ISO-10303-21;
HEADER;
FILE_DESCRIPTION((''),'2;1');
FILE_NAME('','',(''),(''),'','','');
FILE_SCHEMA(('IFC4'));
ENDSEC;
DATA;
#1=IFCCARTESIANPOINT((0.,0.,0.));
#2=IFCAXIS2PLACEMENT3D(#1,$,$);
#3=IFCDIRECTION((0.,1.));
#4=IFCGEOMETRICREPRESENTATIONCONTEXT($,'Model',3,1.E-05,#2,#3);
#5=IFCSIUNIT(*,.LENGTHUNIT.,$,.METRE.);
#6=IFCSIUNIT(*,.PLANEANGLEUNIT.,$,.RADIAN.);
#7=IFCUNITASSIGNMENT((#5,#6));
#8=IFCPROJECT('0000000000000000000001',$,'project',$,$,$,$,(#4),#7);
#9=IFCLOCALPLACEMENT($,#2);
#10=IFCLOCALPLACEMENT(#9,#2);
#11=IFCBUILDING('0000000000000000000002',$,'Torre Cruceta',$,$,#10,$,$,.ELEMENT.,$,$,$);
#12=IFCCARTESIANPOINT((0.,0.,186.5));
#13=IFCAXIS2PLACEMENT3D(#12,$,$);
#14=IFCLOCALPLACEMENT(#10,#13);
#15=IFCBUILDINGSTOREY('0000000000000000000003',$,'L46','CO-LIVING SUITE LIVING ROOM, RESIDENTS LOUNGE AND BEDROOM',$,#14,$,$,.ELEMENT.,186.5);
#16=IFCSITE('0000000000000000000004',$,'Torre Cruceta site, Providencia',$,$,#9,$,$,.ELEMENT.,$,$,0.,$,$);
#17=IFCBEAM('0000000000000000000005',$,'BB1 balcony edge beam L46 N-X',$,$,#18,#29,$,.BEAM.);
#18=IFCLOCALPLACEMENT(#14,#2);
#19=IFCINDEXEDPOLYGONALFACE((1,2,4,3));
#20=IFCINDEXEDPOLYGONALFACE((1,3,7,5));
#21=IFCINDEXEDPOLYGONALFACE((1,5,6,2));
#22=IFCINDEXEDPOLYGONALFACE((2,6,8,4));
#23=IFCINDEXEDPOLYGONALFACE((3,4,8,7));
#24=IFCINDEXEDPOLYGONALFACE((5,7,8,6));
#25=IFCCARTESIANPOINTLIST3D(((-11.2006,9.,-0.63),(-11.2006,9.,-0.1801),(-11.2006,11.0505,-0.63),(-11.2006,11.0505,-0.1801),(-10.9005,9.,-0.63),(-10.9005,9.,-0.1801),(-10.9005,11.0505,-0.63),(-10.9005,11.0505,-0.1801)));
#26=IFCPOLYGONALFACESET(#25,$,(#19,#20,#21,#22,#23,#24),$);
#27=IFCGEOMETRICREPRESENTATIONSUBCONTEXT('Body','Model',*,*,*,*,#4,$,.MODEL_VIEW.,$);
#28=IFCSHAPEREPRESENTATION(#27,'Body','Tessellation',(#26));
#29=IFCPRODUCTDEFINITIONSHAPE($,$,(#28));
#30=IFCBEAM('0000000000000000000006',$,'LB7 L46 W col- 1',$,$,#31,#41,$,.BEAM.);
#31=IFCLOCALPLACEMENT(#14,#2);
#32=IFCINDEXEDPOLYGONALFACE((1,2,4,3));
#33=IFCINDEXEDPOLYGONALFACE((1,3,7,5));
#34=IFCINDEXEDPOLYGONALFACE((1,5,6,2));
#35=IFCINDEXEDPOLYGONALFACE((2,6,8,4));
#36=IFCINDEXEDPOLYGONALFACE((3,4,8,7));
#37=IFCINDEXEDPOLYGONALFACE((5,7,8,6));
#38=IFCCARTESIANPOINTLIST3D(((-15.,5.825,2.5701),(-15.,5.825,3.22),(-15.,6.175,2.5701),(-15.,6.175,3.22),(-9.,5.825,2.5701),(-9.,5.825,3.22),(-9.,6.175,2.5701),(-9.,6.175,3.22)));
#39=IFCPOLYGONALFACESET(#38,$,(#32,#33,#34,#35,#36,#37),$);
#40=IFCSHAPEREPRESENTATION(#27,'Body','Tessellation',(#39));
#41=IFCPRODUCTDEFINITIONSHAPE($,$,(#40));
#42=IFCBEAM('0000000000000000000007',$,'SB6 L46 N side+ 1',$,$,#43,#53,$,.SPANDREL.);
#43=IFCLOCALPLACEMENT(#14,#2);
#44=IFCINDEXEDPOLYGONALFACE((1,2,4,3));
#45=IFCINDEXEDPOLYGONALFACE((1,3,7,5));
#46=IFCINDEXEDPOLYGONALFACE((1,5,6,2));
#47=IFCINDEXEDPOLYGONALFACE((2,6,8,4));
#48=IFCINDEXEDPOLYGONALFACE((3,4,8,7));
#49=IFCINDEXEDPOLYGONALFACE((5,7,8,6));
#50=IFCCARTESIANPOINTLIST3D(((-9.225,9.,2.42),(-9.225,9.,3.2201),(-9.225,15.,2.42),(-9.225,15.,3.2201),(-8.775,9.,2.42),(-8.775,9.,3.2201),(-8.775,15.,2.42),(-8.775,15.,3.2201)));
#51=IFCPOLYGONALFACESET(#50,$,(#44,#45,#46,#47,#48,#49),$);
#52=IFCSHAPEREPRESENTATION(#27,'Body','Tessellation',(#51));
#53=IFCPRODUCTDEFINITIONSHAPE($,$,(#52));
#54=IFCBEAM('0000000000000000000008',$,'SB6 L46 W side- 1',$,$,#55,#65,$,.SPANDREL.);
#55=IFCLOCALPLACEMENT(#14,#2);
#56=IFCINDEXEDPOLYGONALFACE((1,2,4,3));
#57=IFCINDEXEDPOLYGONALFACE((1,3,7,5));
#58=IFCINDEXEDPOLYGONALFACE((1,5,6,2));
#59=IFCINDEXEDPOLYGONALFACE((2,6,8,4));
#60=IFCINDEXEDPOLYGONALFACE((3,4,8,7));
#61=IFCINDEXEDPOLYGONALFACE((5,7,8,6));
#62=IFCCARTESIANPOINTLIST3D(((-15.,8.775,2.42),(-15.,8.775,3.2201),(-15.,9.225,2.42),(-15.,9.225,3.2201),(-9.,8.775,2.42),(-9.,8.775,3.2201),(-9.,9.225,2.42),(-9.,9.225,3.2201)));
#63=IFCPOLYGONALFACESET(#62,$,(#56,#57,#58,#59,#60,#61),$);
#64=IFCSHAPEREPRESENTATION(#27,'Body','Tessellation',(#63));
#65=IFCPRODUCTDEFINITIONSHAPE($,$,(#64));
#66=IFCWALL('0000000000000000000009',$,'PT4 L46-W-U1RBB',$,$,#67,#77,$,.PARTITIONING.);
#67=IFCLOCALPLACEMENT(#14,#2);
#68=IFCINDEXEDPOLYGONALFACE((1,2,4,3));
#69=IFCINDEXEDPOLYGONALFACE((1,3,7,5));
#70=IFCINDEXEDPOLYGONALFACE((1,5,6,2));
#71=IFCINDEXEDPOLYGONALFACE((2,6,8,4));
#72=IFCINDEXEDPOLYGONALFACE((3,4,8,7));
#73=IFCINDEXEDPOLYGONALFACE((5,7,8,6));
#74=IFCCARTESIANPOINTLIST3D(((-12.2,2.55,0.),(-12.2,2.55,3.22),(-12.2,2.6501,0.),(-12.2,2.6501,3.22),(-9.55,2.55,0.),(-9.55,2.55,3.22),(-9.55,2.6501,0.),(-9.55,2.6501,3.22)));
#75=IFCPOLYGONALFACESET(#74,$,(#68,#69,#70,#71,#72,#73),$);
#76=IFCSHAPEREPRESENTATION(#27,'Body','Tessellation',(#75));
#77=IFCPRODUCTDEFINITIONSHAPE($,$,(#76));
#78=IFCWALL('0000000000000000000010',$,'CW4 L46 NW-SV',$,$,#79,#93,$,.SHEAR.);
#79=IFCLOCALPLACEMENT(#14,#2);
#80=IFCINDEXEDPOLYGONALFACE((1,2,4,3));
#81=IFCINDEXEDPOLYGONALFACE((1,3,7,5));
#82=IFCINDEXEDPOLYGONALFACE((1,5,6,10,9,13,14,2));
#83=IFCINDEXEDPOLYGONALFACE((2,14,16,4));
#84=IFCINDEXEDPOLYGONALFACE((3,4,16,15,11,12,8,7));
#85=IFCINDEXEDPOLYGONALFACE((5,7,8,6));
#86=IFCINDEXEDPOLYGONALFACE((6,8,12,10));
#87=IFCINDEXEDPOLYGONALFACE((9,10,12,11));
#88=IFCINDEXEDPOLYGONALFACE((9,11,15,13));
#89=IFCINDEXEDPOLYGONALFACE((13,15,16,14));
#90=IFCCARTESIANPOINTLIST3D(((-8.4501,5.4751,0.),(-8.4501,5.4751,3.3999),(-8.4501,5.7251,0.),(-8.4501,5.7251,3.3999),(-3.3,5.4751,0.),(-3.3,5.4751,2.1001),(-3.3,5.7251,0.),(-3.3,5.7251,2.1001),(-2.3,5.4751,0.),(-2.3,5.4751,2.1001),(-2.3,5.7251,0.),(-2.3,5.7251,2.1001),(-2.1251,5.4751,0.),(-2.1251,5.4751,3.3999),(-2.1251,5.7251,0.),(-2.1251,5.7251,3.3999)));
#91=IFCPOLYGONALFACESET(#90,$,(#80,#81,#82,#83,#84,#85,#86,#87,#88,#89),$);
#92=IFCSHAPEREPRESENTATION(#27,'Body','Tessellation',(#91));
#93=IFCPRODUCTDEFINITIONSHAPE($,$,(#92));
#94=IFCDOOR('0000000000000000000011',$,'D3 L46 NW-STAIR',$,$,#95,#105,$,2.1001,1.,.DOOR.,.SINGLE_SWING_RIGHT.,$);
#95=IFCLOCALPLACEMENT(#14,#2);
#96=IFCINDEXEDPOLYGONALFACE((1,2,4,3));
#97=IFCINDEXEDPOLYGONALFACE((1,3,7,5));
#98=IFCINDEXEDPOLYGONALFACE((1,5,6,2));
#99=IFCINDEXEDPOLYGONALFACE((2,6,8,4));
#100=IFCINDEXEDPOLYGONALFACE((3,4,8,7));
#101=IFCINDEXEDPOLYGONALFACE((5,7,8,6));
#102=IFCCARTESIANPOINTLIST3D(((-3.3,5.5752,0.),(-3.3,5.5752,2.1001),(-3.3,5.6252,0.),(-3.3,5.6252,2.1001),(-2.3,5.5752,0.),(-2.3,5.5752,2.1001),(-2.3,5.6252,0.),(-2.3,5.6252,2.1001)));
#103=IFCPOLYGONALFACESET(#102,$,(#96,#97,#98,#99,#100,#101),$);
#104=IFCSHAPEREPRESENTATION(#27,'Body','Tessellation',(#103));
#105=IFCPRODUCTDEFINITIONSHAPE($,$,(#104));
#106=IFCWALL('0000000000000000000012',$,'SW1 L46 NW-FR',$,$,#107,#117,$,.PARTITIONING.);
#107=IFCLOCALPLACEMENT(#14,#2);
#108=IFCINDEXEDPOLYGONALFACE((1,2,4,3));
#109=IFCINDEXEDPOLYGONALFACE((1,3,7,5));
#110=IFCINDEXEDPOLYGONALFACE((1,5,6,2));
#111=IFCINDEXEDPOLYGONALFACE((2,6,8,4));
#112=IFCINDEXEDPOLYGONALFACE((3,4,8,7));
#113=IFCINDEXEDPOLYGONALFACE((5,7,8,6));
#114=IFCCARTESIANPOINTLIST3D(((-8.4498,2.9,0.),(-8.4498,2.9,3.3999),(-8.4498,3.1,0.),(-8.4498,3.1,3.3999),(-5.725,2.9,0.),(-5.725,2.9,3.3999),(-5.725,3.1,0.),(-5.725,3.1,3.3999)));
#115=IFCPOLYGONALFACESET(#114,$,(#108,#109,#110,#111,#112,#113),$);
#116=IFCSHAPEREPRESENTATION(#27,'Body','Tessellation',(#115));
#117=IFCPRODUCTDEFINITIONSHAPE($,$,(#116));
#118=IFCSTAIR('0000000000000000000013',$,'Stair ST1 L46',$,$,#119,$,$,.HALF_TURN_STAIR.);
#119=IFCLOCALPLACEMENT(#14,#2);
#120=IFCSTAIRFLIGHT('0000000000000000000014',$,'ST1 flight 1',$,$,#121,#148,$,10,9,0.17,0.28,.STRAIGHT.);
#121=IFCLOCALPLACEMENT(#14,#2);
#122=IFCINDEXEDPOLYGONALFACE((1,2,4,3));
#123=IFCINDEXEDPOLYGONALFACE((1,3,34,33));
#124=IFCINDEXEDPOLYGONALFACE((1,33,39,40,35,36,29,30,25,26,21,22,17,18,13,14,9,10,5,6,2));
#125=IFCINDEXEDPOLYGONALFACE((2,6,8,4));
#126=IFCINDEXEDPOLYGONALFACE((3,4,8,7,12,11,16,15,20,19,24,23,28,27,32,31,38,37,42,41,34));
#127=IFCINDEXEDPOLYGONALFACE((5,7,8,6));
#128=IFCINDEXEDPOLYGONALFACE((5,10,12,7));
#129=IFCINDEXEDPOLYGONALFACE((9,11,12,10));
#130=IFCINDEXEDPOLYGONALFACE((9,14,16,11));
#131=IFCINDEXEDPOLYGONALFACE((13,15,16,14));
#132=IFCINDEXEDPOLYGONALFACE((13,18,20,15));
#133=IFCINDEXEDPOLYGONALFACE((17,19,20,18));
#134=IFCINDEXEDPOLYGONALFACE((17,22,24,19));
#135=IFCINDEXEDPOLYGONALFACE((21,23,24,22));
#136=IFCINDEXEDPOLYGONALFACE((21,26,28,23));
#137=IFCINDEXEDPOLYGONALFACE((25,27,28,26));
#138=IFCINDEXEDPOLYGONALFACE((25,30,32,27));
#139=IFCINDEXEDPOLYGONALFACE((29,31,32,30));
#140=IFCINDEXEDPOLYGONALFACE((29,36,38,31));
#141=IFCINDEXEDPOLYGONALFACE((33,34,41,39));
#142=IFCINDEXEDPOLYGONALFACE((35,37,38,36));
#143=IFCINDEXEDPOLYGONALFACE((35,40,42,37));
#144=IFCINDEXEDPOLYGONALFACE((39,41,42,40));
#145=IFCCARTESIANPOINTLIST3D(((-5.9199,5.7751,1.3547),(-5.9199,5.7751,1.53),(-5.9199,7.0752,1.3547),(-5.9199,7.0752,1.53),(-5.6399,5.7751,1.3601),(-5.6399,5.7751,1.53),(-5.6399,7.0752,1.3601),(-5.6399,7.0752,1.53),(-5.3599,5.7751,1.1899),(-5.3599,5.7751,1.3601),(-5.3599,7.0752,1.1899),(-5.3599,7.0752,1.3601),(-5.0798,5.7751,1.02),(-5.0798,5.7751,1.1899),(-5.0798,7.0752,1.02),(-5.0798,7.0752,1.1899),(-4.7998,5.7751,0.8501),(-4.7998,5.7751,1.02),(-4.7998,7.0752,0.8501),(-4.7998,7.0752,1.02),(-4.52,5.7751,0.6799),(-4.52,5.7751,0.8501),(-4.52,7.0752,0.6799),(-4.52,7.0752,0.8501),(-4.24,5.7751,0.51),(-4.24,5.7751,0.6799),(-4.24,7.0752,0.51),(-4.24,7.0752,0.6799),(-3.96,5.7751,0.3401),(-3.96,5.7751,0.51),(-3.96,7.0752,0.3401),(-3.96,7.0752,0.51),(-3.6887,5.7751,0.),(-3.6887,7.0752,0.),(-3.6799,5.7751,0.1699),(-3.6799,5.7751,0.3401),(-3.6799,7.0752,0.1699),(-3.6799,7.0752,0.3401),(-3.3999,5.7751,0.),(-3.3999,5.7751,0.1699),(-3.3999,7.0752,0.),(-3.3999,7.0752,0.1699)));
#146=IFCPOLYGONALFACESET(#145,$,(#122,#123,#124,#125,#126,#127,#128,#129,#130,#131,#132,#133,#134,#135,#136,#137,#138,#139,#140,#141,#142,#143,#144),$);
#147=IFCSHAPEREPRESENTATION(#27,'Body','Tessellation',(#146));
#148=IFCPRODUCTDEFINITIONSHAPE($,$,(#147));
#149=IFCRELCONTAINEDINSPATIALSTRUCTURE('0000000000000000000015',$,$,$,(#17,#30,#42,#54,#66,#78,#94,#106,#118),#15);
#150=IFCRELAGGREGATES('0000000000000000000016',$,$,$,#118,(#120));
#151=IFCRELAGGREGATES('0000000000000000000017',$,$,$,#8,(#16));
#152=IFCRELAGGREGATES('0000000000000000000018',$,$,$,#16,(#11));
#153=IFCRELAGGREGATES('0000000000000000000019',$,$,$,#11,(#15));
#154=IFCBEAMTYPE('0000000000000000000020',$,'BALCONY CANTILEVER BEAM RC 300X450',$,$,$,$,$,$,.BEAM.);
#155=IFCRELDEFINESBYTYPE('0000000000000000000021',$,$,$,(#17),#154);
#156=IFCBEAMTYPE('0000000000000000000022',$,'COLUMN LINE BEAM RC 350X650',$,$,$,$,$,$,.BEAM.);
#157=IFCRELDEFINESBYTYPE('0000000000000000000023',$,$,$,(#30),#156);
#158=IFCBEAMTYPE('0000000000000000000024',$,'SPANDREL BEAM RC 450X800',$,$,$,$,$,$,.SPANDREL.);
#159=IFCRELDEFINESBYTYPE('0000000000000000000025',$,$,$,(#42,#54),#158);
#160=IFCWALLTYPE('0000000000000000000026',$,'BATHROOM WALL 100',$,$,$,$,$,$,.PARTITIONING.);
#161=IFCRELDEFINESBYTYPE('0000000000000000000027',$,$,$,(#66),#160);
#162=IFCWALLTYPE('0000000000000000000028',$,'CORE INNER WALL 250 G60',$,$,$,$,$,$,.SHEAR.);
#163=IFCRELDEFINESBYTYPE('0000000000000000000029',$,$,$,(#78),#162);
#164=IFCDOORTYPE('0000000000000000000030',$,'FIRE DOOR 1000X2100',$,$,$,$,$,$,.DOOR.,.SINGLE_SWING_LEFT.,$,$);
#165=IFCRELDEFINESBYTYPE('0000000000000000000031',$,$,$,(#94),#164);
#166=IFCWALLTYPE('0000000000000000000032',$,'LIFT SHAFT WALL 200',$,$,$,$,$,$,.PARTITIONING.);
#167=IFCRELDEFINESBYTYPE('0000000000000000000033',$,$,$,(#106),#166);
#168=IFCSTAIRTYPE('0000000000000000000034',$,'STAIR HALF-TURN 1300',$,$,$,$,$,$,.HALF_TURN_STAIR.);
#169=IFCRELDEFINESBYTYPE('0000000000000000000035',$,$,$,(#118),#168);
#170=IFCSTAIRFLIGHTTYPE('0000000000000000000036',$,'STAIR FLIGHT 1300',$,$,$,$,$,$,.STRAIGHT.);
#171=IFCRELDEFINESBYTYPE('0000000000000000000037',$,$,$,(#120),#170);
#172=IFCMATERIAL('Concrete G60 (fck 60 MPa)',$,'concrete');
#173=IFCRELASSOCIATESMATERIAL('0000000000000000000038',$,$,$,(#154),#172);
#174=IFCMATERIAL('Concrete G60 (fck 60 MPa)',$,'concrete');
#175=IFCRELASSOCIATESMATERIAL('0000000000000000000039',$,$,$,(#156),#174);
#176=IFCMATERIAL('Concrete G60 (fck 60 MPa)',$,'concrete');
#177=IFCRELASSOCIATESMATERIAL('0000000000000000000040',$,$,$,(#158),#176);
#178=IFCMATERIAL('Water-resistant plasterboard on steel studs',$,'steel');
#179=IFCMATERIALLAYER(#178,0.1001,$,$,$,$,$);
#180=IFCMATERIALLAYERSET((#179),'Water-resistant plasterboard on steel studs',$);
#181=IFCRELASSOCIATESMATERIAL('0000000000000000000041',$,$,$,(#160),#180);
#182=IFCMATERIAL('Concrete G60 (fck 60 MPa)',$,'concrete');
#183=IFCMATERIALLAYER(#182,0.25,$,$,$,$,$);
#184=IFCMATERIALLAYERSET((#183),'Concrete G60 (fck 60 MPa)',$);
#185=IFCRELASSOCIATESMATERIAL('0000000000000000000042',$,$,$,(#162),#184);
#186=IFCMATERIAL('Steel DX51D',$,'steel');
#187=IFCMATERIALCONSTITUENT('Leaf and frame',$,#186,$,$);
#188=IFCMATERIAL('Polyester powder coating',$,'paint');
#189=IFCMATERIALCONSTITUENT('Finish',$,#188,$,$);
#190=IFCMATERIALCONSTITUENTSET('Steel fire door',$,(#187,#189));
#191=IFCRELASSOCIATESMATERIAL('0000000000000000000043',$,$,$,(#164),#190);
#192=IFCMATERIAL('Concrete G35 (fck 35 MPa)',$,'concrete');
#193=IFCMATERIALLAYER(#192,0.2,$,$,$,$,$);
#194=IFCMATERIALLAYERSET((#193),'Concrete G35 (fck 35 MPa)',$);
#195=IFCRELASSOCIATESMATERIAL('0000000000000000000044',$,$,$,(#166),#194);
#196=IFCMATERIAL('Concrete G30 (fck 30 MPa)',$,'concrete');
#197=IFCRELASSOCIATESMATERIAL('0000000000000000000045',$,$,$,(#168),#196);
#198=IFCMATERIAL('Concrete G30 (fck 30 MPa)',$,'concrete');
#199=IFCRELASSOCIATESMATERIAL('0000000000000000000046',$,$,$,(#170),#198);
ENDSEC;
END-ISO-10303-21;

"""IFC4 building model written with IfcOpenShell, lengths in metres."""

from ifc_helpers import new_model, si_unit, direction, frame, frame_2d, origin, origin_2d, place, context, subcontext, project, spatial, polyline, rectangle, outline, extrude, material, layer, layer_set, constituent, constituent_set, material_profile, profile_set, type_object, element, fill, aggregate, save


model = new_model("IFC4")

# Units and contexts
model_context = context("Model", 3, precision=1e-05, world=origin(), true_north=direction((0.0, 1.0)))
body_context = subcontext(model_context, "Body", "Model", "MODEL_VIEW")
ifc_project = project(units=[si_unit("LENGTHUNIT", "METRE"), si_unit("PLANEANGLEUNIT", "RADIAN")], contexts=[model_context])

# Site, building, storey
site_placement = place(None, origin())
site = spatial("IfcSite", under=ifc_project, at=site_placement, Name="Torre Cruceta site, Providencia", CompositionType="ELEMENT", RefElevation=0.0)
building_placement = place(site_placement, origin())
building = spatial("IfcBuilding", under=site, at=building_placement, Name="Torre Cruceta", CompositionType="ELEMENT")
storey_placement = place(building_placement, frame((0.0, 0.0, 186.5)))
storey = spatial("IfcBuildingStorey", under=building, at=storey_placement, Name="L46", Description="CO-LIVING SUITE LIVING ROOM, RESIDENTS LOUNGE AND BEDROOM", CompositionType="ELEMENT", Elevation=186.5)

# Beams
ifc_material_1 = material(Name="Concrete G60 (fck 60 MPa)", Category="concrete")
ifc_material_profile_1 = material_profile(ifc_material_1, rectangle(XDim=0.3, YDim=0.45, at=origin_2d()), Name="RC 300X450")
ifc_profile_set_1 = profile_set([ifc_material_profile_1], Name="Concrete G60 (fck 60 MPa)")
beam_type_1 = type_object("IfcBeamType", Name="BALCONY CANTILEVER BEAM RC 300X450", PredefinedType="BEAM", material=ifc_profile_set_1)
beam_1_placement = place(storey_placement, frame((-11.0505, 9.0, -0.405), z_axis=(0.0, 1.0, 0.0), x_axis=(-1.0, 0.0, 0.0)))
element("IfcBeam", 1, at=beam_1_placement, inside=storey, type_object=beam_type_1, Name="BB1 balcony edge beam L46 N-X", PredefinedType="BEAM", context=body_context, shape_type="SweptSolid", body=[
    extrude(rectangle(XDim=0.3, YDim=0.45, at=origin_2d()), origin(), (0.0, 0.0, 1.0), 2.0505),
])
ifc_material_2 = material(Name="Concrete G60 (fck 60 MPa)", Category="concrete")
ifc_material_profile_2 = material_profile(ifc_material_2, rectangle(XDim=0.3501, YDim=0.6499, at=origin_2d()), Name="RC 350X650")
ifc_profile_set_2 = profile_set([ifc_material_profile_2], Name="Concrete G60 (fck 60 MPa)")
beam_type_2 = type_object("IfcBeamType", Name="COLUMN LINE BEAM RC 350X650", PredefinedType="BEAM", material=ifc_profile_set_2)
beam_2_placement = place(storey_placement, frame((-9.0, 6.0, 2.895), z_axis=(-1.0, 0.0, 0.0), x_axis=(0.0, -1.0, 0.0)))
element("IfcBeam", 2, at=beam_2_placement, inside=storey, type_object=beam_type_2, Name="LB7 L46 W col- 1", PredefinedType="BEAM", context=body_context, shape_type="SweptSolid", body=[
    extrude(rectangle(XDim=0.3501, YDim=0.6499, at=origin_2d()), origin(), (0.0, 0.0, 1.0), 6.0),
])
ifc_material_3 = material(Name="Concrete G60 (fck 60 MPa)", Category="concrete")
ifc_material_profile_3 = material_profile(ifc_material_3, rectangle(XDim=0.45, YDim=0.8, at=origin_2d()), Name="RC 450X800")
ifc_profile_set_3 = profile_set([ifc_material_profile_3], Name="Concrete G60 (fck 60 MPa)")
beam_type_3 = type_object("IfcBeamType", Name="SPANDREL BEAM RC 450X800", PredefinedType="SPANDREL", material=ifc_profile_set_3)
for number, where, z_axis, x_axis, name in (
    (3, (-9.0, 9.0, 2.8201), (0.0, 1.0, 0.0), (-1.0, 0.0, 0.0), "SB6 L46 N side+ 1"),
    (4, (-9.0, 9.0, 2.8201), (-1.0, 0.0, 0.0), (0.0, -1.0, 0.0), "SB6 L46 W side- 1"),
):
    element("IfcBeam", number, at=place(storey_placement, frame(where, z_axis=z_axis, x_axis=x_axis)), inside=storey, type_object=beam_type_3, Name=name, PredefinedType="SPANDREL", context=body_context, shape_type="SweptSolid", body=[
        extrude(rectangle(XDim=0.45, YDim=0.8, at=origin_2d()), origin(), (0.0, 0.0, 1.0), 6.0),
    ])

# Wall
ifc_material_4 = material(Name="Water-resistant plasterboard on steel studs", Category="steel")
ifc_layer_1 = layer(ifc_material_4, 0.1001)
ifc_layer_set_1 = layer_set([ifc_layer_1], Name="Water-resistant plasterboard on steel studs")
wall_type_1 = type_object("IfcWallType", Name="BATHROOM WALL 100", PredefinedType="PARTITIONING", material=ifc_layer_set_1)
wall_1_placement = place(storey_placement, frame((-9.55, 2.6001, 0.0), z_axis=(0.0, 0.0, 1.0), x_axis=(-1.0, 0.0, 0.0)))
element("IfcWall", 5, at=wall_1_placement, inside=storey, type_object=wall_type_1, Name="PT4 L46-W-U1RBB", PredefinedType="PARTITIONING", context=body_context, shape_type="SweptSolid", body=[
    extrude(rectangle(XDim=2.6499, YDim=0.1001, at=frame_2d((1.325, 0.0))), origin(), (0.0, 0.0, 1.0), 3.22),
])

# Wall, opening, door
ifc_material_5 = material(Name="Concrete G60 (fck 60 MPa)", Category="concrete")
ifc_layer_2 = layer(ifc_material_5, 0.25)
ifc_layer_set_2 = layer_set([ifc_layer_2], Name="Concrete G60 (fck 60 MPa)")
wall_type_2 = type_object("IfcWallType", Name="CORE INNER WALL 250 G60", PredefinedType="SHEAR", material=ifc_layer_set_2)
wall_2_placement = place(storey_placement, frame((-2.125, 5.6001, 0.0), z_axis=(0.0, 0.0, 1.0), x_axis=(-1.0, 0.0, 0.0)))
wall_2 = element("IfcWall", 6, at=wall_2_placement, inside=storey, type_object=wall_type_2, Name="CW4 L46 NW-SV", PredefinedType="SHEAR", context=body_context, shape_type="SweptSolid", body=[
    extrude(rectangle(XDim=6.325, YDim=0.25, at=frame_2d((3.1626, 0.0))), origin(), (0.0, 0.0, 1.0), 3.3999),
])
opening_1_placement = place(wall_2_placement, frame((0.175, 0.0, 0.0)))
opening_1 = element("IfcOpeningElement", 7, at=opening_1_placement, cuts=wall_2, PredefinedType="OPENING", context=body_context, shape_type="SweptSolid", body=[
    extrude(rectangle(XDim=1.0, YDim=2.1001, at=frame_2d((0.5, 1.05))), frame((0.0, 0.135, 0.0), z_axis=(0.0, -1.0, 0.0), x_axis=(1.0, 0.0, 0.0)), (0.0, 0.0, 1.0), 0.27),
])
ifc_material_6 = material(Name="Steel DX51D", Category="steel")
ifc_constituent_1 = constituent(ifc_material_6, Name="Leaf and frame")
ifc_material_7 = material(Name="Polyester powder coating", Category="paint")
ifc_constituent_2 = constituent(ifc_material_7, Name="Finish")
ifc_constituent_set_1 = constituent_set(constituents=[ifc_constituent_1, ifc_constituent_2], Name="Steel fire door")
door_type_1 = type_object("IfcDoorType", Name="FIRE DOOR 1000X2100", OperationType="SINGLE_SWING_LEFT", PredefinedType="DOOR", material=ifc_constituent_set_1)
door_1_placement = place(opening_1_placement, frame((1.0, 0.0, 0.0), z_axis=(0.0, 0.0, 1.0), x_axis=(-1.0, 0.0, 0.0)))
door_1 = element("IfcDoor", 8, at=door_1_placement, inside=storey, type_object=door_type_1, Name="D3 L46 NW-STAIR", OperationType="SINGLE_SWING_RIGHT", OverallHeight=2.1001, OverallWidth=1.0, PredefinedType="DOOR", context=body_context, shape_type="SweptSolid", body=[
    extrude(rectangle(XDim=1.0, YDim=2.1001, at=frame_2d((0.5, 1.05))), frame((0.0, 0.0251, 0.0), z_axis=(0.0, -1.0, 0.0), x_axis=(1.0, 0.0, 0.0)), (0.0, 0.0, 1.0), 0.05),
])
fill(opening_1, door_1)

# Wall
ifc_material_8 = material(Name="Concrete G35 (fck 35 MPa)", Category="concrete")
ifc_layer_3 = layer(ifc_material_8, 0.2)
ifc_layer_set_3 = layer_set([ifc_layer_3], Name="Concrete G35 (fck 35 MPa)")
wall_type_3 = type_object("IfcWallType", Name="LIFT SHAFT WALL 200", PredefinedType="PARTITIONING", material=ifc_layer_set_3)
wall_3_placement = place(storey_placement, frame((-5.7251, 3.0, 0.0), z_axis=(0.0, 0.0, 1.0), x_axis=(-1.0, 0.0, 0.0)))
element("IfcWall", 9, at=wall_3_placement, inside=storey, type_object=wall_type_3, Name="SW1 L46 NW-FR", PredefinedType="PARTITIONING", context=body_context, shape_type="SweptSolid", body=[
    extrude(rectangle(XDim=2.7249, YDim=0.2, at=frame_2d((1.3623, 0.0))), origin(), (0.0, 0.0, 1.0), 3.3999),
])

# Stair, stair flight
ifc_material_9 = material(Name="Concrete G30 (fck 30 MPa)", Category="concrete")
stair_type = type_object("IfcStairType", Name="STAIR HALF-TURN 1300", PredefinedType="HALF_TURN_STAIR", material=ifc_material_9)
stair_placement = place(storey_placement, origin())
stair = element("IfcStair", 10, at=stair_placement, inside=storey, type_object=stair_type, Name="Stair ST1 L46", PredefinedType="HALF_TURN_STAIR")
ifc_material_10 = material(Name="Concrete G30 (fck 30 MPa)", Category="concrete")
stair_flight_type = type_object("IfcStairFlightType", Name="STAIR FLIGHT 1300", PredefinedType="STRAIGHT", material=ifc_material_10)
stair_flight_1_placement = place(storey_placement, frame((-3.3999, 6.425, 0.0), z_axis=(0.0, 0.0, 1.0), x_axis=(-1.0, 0.0, 0.0)))
stair_flight_1 = element("IfcStairFlight", 11, at=stair_flight_1_placement, type_object=stair_flight_type, Name="ST1 flight 1", NumberOfRisers=10, NumberOfTreads=9, PredefinedType="STRAIGHT", RiserHeight=0.17, TreadLength=0.28, context=body_context, shape_type="SweptSolid", body=[
    extrude(outline(polyline([(0.0, 0.0), (0.0, 0.1699), (0.28, 0.1699), (0.28, 0.3401), (0.5601, 0.3401), (0.5601, 0.51), (0.8401, 0.51), (0.8401, 0.6799), (1.1201, 0.6799), (1.1201, 0.8501), (1.3999, 0.8501), (1.3999, 1.02), (1.6799, 1.02), (1.6799, 1.1899), (1.96, 1.1899), (1.96, 1.3601), (2.24, 1.3601), (2.24, 1.53), (2.52, 1.53), (2.52, 1.7), (2.52, 1.3547), (0.2888, 0.0), (0.0, 0.0)])), frame((0.0, 0.6499, 0.0), z_axis=(0.0, -1.0, 0.0), x_axis=(1.0, 0.0, 0.0)), (0.0, 0.0, 1.0), 1.3),
])
aggregate(stair, [stair_flight_1])

save(model, "model.ifc")
